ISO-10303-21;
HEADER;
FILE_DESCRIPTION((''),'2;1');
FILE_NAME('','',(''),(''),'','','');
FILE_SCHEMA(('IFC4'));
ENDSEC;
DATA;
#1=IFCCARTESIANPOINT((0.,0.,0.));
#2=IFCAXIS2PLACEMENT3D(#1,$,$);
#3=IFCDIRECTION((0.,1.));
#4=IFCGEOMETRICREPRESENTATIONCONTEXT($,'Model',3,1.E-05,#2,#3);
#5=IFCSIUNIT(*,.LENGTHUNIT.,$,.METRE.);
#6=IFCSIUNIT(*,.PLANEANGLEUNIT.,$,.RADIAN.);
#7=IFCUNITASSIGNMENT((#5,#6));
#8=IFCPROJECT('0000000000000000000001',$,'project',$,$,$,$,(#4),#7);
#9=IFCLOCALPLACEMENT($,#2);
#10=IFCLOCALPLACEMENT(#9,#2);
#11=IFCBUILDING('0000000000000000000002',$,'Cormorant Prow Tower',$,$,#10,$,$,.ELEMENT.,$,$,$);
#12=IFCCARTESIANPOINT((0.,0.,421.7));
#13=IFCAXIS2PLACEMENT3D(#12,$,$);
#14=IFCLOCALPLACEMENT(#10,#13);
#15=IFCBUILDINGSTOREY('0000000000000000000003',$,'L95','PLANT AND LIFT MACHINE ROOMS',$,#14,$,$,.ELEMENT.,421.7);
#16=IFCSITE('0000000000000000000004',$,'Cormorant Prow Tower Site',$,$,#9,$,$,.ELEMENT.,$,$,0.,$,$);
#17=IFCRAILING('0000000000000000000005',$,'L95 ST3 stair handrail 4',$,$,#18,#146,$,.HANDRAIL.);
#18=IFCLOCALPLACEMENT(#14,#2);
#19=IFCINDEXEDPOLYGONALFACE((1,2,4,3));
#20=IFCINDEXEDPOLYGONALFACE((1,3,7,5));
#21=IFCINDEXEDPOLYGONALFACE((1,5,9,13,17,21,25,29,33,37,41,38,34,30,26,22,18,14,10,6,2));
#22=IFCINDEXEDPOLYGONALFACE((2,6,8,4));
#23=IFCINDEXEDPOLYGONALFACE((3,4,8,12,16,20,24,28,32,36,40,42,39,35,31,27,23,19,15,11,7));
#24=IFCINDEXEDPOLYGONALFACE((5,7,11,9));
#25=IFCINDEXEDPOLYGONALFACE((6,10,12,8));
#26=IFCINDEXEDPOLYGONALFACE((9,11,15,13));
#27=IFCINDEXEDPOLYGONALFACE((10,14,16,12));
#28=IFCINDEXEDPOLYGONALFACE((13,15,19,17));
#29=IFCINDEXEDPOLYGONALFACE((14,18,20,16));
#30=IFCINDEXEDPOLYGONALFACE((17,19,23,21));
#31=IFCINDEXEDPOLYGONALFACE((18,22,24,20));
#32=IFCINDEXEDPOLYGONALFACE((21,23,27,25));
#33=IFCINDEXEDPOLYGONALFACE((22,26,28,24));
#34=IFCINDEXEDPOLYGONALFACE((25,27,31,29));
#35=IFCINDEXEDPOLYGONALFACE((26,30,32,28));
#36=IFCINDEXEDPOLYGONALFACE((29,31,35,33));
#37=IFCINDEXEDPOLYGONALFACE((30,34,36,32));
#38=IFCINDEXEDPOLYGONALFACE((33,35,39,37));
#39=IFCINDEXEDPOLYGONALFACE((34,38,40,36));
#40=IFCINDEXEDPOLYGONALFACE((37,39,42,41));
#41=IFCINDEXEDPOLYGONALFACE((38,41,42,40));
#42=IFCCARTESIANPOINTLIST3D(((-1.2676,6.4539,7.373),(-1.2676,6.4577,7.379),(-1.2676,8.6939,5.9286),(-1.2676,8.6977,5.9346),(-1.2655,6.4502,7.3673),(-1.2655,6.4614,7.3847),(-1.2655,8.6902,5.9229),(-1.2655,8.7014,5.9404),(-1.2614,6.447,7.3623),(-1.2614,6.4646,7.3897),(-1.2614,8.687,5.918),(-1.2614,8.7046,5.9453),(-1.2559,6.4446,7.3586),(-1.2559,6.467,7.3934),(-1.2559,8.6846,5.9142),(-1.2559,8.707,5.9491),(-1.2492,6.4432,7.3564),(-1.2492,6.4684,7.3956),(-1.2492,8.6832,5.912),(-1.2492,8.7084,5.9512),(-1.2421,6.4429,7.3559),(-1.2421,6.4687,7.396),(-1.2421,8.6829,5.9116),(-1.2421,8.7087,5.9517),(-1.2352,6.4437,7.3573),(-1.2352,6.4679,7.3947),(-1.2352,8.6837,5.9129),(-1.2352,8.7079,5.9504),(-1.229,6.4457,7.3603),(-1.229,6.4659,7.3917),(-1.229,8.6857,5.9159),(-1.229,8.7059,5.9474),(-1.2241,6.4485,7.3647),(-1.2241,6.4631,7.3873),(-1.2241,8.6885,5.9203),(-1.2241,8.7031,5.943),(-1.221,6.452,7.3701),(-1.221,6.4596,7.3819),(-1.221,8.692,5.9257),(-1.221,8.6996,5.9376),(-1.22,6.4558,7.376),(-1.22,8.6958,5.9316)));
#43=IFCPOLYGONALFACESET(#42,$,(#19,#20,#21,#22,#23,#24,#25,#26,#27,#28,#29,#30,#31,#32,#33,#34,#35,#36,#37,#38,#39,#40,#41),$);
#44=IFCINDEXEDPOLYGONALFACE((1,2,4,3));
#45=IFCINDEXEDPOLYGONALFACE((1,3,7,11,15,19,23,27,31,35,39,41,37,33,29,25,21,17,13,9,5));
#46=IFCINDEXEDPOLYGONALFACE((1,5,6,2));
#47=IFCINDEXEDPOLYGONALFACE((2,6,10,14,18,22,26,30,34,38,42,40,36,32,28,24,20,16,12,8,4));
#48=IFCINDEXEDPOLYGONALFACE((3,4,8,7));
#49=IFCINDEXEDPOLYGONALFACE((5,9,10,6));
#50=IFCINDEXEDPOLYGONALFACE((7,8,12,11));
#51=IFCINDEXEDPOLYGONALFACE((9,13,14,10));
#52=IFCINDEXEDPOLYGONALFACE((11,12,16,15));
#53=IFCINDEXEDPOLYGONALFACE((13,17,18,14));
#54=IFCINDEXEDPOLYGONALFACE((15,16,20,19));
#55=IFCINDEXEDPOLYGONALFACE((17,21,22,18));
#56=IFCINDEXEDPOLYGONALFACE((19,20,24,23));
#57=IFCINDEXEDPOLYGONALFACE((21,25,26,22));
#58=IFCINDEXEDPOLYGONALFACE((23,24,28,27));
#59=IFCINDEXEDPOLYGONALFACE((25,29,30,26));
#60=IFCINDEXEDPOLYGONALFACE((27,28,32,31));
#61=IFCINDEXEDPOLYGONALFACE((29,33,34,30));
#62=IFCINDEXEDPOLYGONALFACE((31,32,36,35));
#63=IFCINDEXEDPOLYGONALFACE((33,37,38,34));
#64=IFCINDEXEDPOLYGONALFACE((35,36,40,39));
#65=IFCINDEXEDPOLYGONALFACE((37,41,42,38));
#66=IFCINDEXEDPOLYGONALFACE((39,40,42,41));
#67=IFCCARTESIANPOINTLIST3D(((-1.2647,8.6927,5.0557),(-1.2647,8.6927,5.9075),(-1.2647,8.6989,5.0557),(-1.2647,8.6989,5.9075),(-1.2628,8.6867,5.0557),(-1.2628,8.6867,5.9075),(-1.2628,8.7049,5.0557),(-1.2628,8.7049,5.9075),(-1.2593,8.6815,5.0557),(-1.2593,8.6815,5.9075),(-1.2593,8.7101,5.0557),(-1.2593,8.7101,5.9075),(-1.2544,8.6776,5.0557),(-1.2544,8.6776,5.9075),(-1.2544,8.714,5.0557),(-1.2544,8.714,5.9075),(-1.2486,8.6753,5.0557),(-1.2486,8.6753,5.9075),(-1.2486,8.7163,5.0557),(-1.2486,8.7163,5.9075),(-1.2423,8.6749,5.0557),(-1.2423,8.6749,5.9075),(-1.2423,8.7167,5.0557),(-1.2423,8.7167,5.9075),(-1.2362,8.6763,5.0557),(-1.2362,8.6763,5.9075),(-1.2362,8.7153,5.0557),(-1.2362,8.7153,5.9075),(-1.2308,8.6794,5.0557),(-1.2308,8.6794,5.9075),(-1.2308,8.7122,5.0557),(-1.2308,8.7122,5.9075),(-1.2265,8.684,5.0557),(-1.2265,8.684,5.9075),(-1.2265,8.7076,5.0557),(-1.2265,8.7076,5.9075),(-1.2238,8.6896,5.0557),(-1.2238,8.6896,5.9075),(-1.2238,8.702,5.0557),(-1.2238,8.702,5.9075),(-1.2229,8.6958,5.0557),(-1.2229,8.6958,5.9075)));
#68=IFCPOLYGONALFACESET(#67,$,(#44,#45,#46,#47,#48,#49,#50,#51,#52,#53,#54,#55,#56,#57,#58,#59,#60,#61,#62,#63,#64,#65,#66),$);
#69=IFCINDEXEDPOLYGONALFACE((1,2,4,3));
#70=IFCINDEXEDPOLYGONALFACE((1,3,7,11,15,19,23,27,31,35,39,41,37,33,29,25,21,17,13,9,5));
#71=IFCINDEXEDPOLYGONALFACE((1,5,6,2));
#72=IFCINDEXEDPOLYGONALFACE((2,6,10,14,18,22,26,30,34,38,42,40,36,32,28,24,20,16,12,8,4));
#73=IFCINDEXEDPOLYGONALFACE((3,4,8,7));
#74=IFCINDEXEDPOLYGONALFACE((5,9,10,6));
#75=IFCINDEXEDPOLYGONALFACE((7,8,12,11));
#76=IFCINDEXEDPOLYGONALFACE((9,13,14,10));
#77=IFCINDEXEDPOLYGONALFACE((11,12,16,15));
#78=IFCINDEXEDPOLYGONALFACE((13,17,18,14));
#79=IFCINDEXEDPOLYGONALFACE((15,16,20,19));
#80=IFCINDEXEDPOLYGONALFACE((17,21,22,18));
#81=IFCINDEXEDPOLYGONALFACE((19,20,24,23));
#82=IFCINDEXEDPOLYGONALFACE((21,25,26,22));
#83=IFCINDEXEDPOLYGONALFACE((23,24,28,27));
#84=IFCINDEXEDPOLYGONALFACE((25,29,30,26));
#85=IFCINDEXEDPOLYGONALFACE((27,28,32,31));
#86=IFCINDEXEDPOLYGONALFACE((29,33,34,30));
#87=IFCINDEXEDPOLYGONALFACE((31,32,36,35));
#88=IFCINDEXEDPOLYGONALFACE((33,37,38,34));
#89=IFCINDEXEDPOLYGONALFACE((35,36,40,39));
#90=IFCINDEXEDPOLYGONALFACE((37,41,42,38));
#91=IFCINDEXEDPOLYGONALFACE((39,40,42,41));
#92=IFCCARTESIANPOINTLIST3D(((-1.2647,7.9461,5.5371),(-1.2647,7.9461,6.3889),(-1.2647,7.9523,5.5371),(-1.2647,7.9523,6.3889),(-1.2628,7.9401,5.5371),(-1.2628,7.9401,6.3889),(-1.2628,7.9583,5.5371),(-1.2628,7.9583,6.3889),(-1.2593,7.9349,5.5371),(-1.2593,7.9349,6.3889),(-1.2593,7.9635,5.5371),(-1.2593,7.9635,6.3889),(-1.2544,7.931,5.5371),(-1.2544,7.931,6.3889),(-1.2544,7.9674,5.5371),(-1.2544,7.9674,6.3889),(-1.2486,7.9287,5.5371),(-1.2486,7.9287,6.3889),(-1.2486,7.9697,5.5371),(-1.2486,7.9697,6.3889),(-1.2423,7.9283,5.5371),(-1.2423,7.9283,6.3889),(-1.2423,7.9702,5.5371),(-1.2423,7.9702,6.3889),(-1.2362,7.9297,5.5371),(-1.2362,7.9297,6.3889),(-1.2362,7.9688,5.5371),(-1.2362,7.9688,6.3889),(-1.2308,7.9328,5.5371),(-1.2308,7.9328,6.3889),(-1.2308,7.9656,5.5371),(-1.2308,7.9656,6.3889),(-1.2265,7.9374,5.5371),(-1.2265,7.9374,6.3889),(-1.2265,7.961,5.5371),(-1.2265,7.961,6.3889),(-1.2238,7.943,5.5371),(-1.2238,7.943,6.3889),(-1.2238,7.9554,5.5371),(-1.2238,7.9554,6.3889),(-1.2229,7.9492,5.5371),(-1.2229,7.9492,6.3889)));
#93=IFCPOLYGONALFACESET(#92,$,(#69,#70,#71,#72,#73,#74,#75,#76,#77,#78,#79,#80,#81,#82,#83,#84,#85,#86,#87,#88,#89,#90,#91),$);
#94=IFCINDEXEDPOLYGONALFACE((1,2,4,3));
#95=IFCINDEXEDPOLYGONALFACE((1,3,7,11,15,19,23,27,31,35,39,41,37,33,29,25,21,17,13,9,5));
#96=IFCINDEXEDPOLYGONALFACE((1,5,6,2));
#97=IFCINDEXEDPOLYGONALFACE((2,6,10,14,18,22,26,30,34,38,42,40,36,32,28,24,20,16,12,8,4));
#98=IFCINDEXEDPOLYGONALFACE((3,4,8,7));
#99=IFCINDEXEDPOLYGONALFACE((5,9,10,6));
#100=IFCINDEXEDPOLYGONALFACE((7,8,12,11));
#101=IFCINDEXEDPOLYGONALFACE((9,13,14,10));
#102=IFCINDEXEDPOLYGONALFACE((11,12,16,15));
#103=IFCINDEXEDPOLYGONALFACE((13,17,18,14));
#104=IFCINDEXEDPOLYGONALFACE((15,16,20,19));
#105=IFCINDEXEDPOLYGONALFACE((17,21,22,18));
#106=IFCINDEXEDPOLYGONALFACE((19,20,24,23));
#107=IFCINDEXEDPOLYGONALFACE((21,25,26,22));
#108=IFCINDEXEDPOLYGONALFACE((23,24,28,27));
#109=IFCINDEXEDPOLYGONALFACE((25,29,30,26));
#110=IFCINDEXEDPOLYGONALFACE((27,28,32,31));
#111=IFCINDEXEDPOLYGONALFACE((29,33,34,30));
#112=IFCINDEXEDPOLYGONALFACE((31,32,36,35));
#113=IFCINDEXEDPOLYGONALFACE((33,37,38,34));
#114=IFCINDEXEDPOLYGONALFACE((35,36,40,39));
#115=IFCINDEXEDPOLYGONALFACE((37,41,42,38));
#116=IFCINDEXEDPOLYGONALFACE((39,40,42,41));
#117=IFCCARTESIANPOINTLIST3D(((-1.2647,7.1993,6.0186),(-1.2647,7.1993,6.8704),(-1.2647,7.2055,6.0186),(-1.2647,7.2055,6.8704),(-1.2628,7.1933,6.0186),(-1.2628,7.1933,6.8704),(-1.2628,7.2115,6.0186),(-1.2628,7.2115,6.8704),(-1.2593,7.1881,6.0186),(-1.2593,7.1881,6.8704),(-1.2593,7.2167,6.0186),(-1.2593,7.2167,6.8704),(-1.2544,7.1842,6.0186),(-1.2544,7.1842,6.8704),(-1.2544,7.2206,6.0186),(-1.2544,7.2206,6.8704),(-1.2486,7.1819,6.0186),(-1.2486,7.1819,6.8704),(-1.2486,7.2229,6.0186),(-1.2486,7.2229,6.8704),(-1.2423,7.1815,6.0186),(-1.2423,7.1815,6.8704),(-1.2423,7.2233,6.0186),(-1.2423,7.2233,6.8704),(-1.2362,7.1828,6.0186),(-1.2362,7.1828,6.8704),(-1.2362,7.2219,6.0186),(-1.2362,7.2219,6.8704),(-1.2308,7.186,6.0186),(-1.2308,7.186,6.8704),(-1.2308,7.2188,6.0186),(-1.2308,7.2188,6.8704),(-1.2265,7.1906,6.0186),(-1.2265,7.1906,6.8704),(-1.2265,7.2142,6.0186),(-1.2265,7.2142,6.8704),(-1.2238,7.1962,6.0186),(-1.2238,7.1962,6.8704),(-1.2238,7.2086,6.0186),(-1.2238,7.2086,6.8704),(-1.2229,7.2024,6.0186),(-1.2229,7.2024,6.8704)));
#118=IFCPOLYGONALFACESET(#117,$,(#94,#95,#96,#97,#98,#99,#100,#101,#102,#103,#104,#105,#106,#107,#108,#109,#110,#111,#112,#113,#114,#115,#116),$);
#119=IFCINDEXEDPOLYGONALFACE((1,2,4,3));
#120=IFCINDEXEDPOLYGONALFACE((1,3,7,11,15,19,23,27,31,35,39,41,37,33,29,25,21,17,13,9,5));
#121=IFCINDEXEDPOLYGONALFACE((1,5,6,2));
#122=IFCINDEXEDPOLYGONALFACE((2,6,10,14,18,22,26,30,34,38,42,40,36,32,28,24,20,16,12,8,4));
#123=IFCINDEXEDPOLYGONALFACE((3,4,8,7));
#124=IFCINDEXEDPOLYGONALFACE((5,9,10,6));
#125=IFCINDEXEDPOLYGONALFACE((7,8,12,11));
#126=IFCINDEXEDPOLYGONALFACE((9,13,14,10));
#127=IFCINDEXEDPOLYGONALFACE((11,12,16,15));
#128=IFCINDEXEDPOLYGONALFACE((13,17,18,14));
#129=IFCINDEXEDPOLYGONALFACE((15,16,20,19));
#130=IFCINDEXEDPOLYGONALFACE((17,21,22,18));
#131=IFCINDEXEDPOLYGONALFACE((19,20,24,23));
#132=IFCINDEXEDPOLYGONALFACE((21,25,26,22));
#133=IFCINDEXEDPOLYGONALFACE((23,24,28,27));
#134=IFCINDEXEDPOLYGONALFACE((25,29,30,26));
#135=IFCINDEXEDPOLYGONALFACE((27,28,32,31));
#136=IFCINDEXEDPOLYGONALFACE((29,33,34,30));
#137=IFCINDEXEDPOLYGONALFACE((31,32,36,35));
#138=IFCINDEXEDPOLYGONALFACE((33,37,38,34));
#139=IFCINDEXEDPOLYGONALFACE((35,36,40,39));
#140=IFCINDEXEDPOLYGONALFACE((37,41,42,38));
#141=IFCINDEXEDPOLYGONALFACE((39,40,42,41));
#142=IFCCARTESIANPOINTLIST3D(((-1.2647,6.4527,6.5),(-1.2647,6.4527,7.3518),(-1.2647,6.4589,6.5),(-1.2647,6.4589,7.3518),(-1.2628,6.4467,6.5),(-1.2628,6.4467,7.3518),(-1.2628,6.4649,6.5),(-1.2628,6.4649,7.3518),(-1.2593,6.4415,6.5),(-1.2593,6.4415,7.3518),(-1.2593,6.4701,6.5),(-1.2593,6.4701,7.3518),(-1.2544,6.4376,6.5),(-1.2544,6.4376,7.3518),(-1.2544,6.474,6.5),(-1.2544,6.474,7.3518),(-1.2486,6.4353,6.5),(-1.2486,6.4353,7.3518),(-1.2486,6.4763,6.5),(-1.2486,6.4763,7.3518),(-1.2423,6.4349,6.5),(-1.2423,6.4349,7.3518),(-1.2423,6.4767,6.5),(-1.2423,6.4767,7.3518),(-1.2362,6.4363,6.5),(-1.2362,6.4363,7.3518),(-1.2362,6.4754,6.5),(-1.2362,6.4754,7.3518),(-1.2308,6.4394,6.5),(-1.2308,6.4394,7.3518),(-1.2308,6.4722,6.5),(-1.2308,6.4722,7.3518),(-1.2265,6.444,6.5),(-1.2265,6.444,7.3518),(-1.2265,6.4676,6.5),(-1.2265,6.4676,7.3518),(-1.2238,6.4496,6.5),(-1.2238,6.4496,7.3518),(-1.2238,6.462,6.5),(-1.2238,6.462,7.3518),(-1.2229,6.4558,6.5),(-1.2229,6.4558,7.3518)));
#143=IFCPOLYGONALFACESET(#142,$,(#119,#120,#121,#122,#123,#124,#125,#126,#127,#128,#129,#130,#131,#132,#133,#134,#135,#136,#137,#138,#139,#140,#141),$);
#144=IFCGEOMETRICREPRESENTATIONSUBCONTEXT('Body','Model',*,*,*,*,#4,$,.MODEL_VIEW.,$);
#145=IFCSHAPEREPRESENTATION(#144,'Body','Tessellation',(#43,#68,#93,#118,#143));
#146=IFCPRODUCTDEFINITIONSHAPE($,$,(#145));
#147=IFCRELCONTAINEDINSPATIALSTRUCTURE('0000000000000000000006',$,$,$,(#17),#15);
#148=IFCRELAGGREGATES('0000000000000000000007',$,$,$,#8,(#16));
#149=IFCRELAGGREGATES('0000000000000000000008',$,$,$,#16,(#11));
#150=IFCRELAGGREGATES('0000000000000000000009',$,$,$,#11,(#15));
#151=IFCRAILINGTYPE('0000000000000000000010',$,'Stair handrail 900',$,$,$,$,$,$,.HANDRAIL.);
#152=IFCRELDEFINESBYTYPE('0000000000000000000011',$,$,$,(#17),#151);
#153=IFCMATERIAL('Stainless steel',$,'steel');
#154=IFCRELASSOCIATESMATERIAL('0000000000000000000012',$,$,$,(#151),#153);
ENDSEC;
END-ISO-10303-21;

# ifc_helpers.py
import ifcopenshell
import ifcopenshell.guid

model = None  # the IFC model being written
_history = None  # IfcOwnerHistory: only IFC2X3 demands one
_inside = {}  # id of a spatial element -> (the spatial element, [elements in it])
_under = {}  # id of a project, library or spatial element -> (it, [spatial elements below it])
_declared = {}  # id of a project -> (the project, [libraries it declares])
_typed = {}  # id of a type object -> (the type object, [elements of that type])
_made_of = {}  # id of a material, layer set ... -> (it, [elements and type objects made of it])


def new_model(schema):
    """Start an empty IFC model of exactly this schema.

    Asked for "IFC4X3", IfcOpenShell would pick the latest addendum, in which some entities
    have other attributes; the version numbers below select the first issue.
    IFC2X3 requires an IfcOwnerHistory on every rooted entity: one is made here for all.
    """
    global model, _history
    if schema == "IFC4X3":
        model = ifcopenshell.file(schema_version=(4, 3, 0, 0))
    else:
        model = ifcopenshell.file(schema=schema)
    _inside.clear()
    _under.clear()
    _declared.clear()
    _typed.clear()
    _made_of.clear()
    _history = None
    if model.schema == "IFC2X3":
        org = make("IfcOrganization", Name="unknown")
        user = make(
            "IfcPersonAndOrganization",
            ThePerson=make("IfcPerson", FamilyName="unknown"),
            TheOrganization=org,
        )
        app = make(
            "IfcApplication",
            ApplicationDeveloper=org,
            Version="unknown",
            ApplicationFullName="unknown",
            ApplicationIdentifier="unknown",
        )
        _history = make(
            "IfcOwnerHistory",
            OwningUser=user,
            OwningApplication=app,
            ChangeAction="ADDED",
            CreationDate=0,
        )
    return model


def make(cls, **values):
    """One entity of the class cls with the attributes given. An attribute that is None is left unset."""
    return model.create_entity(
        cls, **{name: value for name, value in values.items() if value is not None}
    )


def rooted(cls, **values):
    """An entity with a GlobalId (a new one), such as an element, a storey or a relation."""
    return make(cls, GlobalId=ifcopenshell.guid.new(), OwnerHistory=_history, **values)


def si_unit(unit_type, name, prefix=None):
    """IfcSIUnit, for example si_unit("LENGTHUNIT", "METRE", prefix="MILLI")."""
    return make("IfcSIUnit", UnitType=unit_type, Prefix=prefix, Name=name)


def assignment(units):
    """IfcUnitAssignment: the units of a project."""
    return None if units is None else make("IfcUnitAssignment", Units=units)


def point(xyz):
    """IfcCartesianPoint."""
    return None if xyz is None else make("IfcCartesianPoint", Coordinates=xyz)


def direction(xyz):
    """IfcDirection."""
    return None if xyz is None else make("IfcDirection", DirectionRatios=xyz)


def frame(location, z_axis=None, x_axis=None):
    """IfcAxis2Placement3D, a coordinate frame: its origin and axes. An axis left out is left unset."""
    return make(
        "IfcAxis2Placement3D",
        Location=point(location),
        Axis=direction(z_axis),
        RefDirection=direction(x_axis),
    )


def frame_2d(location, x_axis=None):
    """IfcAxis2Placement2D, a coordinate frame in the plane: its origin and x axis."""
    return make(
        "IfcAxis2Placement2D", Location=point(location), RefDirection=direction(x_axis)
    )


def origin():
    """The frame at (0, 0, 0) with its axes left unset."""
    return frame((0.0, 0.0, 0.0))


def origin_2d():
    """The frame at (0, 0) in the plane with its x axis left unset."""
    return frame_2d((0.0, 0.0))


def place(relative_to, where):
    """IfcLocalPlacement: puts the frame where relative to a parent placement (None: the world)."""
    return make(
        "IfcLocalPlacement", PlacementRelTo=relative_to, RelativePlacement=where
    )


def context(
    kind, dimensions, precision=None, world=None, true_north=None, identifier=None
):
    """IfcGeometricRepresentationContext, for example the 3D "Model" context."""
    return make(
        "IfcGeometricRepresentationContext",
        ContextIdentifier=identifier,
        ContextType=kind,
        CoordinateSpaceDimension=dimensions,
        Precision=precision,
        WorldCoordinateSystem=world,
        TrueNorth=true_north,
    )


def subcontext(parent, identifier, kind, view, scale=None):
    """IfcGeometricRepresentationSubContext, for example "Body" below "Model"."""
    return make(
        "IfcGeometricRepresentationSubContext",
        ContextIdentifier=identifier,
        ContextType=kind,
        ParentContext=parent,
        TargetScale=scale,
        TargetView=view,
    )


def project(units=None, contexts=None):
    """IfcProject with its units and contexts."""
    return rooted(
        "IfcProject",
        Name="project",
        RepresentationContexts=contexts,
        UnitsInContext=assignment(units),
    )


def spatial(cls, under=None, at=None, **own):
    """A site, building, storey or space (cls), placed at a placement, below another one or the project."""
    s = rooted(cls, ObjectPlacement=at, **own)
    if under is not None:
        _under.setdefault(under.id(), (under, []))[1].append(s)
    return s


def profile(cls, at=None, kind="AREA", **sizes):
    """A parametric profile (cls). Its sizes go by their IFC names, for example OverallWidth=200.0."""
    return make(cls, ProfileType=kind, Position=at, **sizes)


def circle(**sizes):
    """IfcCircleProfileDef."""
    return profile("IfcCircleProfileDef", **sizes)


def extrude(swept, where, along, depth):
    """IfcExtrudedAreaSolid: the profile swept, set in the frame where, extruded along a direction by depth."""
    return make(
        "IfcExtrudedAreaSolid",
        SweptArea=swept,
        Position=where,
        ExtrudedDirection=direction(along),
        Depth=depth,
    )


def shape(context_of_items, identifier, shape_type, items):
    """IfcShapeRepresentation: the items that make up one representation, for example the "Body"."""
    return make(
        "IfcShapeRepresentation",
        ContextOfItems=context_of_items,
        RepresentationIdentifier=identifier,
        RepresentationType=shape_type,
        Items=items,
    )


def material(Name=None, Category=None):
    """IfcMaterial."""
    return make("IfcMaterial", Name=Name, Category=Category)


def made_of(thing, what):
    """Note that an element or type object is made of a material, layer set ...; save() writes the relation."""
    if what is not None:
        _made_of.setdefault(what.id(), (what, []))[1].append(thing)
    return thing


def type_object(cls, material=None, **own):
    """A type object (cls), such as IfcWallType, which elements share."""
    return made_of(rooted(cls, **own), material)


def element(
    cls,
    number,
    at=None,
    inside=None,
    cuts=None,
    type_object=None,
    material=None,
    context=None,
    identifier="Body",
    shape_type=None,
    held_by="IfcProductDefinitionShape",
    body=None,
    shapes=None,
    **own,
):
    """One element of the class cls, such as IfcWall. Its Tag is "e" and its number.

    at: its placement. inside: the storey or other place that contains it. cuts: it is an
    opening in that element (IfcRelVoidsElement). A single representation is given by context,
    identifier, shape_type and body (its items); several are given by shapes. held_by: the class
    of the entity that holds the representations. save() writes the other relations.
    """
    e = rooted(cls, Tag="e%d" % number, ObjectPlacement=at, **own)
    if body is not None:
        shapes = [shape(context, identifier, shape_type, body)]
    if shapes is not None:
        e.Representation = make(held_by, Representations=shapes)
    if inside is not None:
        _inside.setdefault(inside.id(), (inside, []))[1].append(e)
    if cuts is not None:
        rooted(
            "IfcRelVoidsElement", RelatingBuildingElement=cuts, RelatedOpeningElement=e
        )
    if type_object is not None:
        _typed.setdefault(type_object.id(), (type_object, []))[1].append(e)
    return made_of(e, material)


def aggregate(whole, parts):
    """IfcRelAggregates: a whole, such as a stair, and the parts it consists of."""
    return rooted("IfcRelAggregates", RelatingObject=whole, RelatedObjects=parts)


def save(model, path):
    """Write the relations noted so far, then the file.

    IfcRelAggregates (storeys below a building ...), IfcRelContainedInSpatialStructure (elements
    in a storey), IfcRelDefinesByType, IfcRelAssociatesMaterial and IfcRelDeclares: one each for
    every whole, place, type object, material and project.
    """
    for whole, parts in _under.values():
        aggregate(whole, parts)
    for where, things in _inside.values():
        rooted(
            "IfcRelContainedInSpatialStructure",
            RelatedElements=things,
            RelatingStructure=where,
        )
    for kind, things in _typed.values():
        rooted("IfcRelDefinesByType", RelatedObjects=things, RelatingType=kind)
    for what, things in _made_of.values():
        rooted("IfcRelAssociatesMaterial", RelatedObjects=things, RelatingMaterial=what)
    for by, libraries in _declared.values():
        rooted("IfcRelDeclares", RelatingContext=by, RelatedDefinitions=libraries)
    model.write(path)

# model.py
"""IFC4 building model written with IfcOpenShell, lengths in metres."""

from ifc_helpers import new_model, si_unit, direction, frame, origin, origin_2d, place, context, subcontext, project, spatial, circle, extrude, material, type_object, element, save


model = new_model("IFC4")

# Units and contexts
model_context = context("Model", 3, precision=1e-05, world=origin(), true_north=direction((0.0, 1.0)))
body_context = subcontext(model_context, "Body", "Model", "MODEL_VIEW")
ifc_project = project(units=[si_unit("LENGTHUNIT", "METRE"), si_unit("PLANEANGLEUNIT", "RADIAN")], contexts=[model_context])

# Site, building, storey
site_placement = place(None, origin())
site = spatial("IfcSite", under=ifc_project, at=site_placement, Name="Cormorant Prow Tower Site", CompositionType="ELEMENT", RefElevation=0.0)
building_placement = place(site_placement, origin())
building = spatial("IfcBuilding", under=site, at=building_placement, Name="Cormorant Prow Tower", CompositionType="ELEMENT")
storey_placement = place(building_placement, frame((0.0, 0.0, 421.7)))
storey = spatial("IfcBuildingStorey", under=building, at=storey_placement, Name="L95", Description="PLANT AND LIFT MACHINE ROOMS", CompositionType="ELEMENT", Elevation=421.7)

# Railing
ifc_material_1 = material(Name="Stainless steel", Category="steel")
railing_type = type_object("IfcRailingType", Name="Stair handrail 900", PredefinedType="HANDRAIL", material=ifc_material_1)
for number, where, name in (
    (1, (-1.2439, 8.6958, 5.0557), "L95 ST3 stair handrail 4"),
):
    element("IfcRailing", number, at=place(storey_placement, frame(where)), inside=storey, type_object=railing_type, Name=name, PredefinedType="HANDRAIL", context=body_context, shape_type="SweptSolid", body=[
        extrude(circle(Radius=0.0239, at=origin_2d()), frame((0.0, 0.0, 0.876), z_axis=(0.0, -0.840437, 0.54191), x_axis=(1.0, 0.0, 0.0)), (0.0, 0.0, 1.0), 2.6653),
        extrude(circle(Radius=0.021, at=origin_2d()), origin(), (0.0, 0.0, 1.0), 0.8518),
        extrude(circle(Radius=0.021, at=origin_2d()), frame((0.0, -0.7466, 0.4814)), (0.0, 0.0, 1.0), 0.8518),
        extrude(circle(Radius=0.021, at=origin_2d()), frame((0.0, -1.4934, 0.9629)), (0.0, 0.0, 1.0), 0.8518),
        extrude(circle(Radius=0.021, at=origin_2d()), frame((0.0, -2.24, 1.4443)), (0.0, 0.0, 1.0), 0.8518),
    ])

save(model, "model.ifc")
